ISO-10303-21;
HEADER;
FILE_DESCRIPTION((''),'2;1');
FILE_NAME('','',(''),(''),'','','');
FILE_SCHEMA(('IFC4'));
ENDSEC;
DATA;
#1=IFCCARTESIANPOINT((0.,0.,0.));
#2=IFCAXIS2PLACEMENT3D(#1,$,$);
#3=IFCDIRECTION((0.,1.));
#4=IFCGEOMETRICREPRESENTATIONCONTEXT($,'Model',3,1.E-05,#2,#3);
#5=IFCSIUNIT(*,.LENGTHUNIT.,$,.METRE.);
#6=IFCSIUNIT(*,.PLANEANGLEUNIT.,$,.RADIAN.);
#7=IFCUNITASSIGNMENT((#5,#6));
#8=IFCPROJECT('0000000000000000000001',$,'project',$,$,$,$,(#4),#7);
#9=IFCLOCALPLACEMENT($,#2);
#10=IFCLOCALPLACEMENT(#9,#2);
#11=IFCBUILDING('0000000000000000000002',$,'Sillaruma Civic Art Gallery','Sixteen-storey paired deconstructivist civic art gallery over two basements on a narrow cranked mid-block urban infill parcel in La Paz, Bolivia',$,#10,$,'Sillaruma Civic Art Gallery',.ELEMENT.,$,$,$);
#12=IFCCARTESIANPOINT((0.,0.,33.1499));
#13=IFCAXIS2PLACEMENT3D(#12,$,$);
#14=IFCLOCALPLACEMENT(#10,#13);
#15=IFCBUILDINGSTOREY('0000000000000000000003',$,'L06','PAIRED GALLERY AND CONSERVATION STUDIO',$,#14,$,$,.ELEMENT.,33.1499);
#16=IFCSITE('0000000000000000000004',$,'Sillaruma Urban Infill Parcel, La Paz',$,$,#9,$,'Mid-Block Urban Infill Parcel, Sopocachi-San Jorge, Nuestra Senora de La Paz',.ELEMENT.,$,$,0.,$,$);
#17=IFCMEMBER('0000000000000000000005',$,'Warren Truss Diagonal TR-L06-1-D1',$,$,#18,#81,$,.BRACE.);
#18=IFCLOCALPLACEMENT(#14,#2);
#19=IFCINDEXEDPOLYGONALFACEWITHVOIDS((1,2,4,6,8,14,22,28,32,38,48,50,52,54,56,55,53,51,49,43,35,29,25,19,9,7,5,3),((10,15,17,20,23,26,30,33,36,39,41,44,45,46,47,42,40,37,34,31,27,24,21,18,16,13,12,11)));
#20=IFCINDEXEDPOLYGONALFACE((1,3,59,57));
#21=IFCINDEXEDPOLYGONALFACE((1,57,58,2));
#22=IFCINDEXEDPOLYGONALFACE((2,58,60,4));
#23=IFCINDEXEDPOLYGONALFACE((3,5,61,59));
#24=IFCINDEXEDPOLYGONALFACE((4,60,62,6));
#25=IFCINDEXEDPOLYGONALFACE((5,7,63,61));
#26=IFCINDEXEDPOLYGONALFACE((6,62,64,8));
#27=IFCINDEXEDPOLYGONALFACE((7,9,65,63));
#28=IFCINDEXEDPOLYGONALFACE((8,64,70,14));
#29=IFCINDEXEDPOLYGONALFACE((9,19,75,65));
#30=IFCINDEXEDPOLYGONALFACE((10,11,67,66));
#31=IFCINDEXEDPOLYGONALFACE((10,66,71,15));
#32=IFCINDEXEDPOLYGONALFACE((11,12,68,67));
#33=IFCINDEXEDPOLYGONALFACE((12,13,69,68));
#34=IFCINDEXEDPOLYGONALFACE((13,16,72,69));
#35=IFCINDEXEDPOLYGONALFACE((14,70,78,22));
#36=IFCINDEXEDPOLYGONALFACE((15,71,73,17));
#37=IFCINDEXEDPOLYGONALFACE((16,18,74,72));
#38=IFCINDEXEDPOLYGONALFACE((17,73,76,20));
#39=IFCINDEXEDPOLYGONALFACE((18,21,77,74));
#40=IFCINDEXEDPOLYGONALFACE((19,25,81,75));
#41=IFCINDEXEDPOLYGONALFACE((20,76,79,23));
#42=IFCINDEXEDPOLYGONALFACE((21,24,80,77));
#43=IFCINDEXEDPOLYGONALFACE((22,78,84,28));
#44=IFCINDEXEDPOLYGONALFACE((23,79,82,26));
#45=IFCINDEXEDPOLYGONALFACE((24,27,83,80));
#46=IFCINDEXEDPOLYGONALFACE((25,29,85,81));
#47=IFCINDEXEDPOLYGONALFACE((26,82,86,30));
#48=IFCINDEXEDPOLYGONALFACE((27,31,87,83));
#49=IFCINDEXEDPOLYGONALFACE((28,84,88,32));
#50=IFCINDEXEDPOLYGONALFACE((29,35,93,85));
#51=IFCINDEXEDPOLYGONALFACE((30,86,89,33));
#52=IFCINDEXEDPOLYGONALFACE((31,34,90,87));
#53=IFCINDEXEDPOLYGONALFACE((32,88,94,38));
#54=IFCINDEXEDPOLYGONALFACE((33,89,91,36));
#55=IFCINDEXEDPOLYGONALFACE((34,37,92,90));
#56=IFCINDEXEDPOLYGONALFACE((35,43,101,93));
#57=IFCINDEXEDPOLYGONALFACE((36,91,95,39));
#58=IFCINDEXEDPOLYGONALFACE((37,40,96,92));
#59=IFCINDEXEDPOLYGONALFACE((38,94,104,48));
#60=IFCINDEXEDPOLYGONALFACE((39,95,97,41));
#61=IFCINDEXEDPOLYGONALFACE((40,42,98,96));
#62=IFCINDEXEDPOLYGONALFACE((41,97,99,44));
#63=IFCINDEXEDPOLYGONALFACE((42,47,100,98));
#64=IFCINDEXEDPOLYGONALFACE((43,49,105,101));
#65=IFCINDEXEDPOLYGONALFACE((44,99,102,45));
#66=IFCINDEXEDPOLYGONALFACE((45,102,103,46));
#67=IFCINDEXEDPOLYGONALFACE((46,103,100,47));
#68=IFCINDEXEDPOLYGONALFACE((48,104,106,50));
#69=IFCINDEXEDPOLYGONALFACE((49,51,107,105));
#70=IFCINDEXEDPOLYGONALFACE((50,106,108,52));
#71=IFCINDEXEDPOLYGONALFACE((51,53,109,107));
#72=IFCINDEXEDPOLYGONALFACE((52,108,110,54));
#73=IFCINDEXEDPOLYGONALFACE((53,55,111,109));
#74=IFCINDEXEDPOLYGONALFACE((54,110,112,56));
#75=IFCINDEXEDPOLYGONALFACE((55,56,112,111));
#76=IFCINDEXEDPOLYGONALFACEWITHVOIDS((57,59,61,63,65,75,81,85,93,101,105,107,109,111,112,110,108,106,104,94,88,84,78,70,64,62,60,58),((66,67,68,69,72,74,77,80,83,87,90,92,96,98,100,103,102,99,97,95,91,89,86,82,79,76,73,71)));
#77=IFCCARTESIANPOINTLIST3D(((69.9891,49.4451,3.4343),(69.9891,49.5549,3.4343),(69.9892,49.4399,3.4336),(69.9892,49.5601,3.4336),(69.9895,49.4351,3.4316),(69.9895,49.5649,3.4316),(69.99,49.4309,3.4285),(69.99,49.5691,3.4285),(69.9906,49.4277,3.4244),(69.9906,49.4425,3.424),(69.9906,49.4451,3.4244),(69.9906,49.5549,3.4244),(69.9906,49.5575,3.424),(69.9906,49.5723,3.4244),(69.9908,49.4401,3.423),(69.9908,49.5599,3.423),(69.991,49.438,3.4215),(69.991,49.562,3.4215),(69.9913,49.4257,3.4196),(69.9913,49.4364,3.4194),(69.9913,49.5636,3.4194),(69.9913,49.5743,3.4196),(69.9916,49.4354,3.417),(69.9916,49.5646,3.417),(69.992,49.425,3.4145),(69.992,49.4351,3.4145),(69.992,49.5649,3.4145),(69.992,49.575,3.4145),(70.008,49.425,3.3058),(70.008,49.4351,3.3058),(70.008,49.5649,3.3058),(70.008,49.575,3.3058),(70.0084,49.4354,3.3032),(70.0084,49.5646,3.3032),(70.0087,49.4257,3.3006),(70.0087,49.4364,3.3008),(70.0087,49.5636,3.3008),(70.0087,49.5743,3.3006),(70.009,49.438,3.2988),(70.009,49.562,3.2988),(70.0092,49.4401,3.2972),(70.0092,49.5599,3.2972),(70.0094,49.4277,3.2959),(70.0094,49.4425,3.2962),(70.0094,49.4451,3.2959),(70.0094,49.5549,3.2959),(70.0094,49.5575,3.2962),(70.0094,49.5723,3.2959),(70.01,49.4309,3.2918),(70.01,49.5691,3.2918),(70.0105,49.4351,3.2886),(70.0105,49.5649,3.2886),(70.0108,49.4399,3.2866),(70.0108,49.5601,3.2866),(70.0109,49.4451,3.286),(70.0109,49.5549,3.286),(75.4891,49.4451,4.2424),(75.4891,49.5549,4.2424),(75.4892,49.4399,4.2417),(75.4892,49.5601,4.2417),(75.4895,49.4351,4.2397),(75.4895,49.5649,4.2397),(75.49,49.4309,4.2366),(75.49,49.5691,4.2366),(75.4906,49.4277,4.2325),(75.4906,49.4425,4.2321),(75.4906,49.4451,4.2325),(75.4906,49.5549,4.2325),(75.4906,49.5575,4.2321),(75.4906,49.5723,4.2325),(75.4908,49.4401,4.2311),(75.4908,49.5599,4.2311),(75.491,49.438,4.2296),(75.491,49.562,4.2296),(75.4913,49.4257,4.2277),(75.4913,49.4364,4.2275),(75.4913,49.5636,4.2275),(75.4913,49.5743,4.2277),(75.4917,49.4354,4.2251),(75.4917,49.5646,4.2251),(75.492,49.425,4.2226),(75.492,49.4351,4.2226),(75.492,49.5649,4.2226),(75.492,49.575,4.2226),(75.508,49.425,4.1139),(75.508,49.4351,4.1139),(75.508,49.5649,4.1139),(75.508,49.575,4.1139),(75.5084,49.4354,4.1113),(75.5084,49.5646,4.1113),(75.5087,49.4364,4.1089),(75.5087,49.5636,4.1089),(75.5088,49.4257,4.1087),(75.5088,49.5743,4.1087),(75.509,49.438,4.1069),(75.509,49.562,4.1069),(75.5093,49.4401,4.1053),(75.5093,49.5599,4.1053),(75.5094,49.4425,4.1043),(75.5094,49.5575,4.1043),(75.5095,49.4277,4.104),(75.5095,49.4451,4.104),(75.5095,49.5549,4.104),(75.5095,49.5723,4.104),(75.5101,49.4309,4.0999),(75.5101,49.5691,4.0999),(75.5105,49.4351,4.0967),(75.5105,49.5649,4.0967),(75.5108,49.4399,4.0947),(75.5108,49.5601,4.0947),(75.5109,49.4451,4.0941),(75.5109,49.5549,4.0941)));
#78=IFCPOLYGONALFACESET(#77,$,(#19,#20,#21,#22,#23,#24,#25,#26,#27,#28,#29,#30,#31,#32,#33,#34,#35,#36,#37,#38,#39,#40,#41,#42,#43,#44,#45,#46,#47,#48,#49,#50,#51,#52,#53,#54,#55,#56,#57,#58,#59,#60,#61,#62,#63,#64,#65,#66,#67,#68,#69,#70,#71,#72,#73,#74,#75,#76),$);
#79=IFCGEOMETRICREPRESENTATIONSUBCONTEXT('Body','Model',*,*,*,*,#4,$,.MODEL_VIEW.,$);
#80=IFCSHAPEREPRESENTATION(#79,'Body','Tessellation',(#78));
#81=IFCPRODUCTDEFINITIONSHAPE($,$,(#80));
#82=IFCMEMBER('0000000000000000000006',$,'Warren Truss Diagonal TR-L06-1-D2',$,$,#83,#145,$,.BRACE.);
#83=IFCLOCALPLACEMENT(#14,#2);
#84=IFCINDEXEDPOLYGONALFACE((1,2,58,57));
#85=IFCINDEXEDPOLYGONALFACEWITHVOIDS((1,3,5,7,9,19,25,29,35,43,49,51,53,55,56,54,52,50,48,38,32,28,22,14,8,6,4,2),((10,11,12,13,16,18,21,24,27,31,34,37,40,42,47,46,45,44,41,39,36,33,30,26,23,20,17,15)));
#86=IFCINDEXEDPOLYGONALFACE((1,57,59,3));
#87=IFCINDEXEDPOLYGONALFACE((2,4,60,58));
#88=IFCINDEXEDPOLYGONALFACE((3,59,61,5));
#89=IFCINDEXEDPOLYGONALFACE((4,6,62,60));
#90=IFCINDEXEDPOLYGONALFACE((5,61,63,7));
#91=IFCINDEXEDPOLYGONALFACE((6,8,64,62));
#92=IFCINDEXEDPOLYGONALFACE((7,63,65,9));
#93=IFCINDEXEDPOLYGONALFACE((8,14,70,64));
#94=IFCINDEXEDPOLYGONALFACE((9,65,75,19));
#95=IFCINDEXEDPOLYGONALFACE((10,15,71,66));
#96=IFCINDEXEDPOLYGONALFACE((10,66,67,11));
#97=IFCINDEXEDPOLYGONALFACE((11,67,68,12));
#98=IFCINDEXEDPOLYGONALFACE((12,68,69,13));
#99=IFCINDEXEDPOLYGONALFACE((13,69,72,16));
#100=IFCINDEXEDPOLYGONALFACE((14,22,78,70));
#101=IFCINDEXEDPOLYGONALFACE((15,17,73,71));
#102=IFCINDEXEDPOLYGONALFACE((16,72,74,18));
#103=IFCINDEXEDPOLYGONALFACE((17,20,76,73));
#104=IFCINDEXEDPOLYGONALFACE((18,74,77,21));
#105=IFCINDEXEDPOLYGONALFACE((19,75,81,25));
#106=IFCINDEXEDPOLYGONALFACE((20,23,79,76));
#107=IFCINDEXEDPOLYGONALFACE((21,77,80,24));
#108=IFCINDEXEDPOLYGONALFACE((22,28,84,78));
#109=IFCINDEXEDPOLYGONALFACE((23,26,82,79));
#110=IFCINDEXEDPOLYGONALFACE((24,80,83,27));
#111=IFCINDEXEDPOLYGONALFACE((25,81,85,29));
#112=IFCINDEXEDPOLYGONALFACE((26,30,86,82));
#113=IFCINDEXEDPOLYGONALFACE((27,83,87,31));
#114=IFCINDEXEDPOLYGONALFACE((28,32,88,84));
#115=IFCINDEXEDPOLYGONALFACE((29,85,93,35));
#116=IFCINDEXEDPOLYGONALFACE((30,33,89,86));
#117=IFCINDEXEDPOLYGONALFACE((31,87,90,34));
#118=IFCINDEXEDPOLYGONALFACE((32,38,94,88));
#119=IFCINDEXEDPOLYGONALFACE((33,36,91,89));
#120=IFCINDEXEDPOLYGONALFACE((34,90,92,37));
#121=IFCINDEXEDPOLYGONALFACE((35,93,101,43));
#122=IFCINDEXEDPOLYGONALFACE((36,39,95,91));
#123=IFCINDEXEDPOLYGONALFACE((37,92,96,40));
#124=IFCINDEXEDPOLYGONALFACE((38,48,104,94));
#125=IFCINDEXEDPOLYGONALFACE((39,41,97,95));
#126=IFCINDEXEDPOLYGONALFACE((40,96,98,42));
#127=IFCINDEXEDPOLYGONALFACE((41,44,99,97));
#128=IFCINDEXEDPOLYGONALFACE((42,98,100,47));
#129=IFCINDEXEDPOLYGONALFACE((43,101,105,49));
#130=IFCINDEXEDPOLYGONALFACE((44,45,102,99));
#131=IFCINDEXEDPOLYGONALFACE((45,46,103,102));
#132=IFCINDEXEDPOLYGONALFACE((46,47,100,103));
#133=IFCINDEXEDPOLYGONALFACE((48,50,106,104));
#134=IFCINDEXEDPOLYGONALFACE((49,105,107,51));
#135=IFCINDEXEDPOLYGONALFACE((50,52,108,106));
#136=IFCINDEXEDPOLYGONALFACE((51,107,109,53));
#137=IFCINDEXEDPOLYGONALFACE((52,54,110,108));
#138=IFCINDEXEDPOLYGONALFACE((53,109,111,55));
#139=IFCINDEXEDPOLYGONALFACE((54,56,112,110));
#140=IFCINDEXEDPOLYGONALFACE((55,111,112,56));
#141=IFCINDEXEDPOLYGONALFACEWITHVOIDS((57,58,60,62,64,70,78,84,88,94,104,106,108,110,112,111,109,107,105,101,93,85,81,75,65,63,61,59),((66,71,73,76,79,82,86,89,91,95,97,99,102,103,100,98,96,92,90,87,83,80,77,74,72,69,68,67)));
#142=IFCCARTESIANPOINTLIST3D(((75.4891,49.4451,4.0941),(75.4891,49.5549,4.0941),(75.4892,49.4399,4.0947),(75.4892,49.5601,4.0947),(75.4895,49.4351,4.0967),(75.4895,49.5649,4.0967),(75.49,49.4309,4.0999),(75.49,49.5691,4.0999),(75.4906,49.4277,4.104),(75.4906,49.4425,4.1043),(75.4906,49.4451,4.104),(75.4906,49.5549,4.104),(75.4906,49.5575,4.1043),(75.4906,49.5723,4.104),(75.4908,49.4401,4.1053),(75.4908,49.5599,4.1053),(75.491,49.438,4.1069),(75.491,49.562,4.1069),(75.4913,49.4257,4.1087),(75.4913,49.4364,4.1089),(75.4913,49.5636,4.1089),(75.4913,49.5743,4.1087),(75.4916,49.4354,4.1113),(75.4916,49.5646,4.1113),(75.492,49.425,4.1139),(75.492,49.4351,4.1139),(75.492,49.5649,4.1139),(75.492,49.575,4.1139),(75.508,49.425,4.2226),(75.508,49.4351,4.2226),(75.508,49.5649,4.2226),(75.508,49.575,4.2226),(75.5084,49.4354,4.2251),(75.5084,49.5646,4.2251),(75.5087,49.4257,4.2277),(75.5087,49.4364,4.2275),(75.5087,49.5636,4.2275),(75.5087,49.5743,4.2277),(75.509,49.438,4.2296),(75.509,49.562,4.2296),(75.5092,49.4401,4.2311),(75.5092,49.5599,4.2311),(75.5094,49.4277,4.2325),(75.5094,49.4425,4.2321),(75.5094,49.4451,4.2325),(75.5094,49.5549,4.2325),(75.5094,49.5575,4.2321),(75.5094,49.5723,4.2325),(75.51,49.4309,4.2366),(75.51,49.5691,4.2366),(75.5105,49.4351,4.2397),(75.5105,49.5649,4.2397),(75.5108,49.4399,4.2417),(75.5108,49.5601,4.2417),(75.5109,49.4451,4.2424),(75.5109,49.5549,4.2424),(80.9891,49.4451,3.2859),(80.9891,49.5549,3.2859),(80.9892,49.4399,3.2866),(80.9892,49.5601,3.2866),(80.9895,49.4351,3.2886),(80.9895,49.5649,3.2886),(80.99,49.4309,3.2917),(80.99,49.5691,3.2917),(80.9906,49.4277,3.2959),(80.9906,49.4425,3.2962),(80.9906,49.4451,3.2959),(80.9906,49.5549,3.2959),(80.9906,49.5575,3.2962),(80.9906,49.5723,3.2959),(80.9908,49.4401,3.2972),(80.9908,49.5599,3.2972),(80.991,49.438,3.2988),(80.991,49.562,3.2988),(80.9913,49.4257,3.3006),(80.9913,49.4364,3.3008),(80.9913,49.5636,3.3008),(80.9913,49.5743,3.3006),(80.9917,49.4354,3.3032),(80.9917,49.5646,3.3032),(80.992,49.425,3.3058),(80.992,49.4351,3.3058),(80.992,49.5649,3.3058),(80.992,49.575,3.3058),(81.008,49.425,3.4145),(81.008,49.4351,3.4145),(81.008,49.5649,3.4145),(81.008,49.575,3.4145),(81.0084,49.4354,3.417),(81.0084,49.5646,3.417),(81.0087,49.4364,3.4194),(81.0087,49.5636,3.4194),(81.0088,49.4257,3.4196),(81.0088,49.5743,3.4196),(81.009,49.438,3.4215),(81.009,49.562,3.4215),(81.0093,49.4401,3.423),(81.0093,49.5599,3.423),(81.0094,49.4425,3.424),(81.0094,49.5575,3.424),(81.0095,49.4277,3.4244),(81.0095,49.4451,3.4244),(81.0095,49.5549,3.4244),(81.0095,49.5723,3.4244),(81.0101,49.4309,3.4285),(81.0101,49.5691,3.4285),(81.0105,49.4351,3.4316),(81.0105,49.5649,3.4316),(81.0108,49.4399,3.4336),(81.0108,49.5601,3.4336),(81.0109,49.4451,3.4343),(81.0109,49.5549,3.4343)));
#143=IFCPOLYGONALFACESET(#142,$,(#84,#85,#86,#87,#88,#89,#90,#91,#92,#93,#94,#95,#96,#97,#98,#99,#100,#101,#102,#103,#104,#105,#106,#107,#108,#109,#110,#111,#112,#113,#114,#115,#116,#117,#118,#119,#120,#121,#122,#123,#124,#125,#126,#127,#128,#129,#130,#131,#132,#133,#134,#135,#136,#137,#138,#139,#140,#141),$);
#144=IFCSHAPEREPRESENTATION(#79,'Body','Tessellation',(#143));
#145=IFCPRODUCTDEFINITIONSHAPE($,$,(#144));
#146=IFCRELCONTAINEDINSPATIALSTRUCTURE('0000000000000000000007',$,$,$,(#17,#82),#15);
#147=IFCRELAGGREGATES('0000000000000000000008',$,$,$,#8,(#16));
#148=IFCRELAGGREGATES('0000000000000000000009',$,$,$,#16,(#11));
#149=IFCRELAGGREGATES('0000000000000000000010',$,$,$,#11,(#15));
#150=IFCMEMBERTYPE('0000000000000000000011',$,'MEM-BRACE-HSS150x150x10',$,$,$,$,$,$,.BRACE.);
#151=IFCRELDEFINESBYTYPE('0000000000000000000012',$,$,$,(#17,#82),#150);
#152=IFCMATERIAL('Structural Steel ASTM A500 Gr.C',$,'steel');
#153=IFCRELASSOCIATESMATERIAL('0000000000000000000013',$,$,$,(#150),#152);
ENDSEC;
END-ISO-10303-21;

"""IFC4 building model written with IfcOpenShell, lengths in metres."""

from ifc_helpers import new_model, si_unit, direction, frame, origin, origin_2d, place, context, subcontext, project, spatial, hollow_rectangle, extrude, material, material_profile, profile_set, type_object, element, save


model = new_model("IFC4")

# Units and contexts
model_context = context("Model", 3, precision=1e-05, world=origin(), true_north=direction((0.0, 1.0)))
body_context = subcontext(model_context, "Body", "Model", "MODEL_VIEW")
ifc_project = project(units=[si_unit("LENGTHUNIT", "METRE"), si_unit("PLANEANGLEUNIT", "RADIAN")], contexts=[model_context])

# Site, building, storey
site_placement = place(None, origin())
site = spatial("IfcSite", under=ifc_project, at=site_placement, Name="Sillaruma Urban Infill Parcel, La Paz", LongName="Mid-Block Urban Infill Parcel, Sopocachi-San Jorge, Nuestra Senora de La Paz", CompositionType="ELEMENT", RefElevation=0.0)
building_placement = place(site_placement, origin())
building = spatial("IfcBuilding", under=site, at=building_placement, Name="Sillaruma Civic Art Gallery", Description="Sixteen-storey paired deconstructivist civic art gallery over two basements on a narrow cranked mid-block urban infill parcel in La Paz, Bolivia", LongName="Sillaruma Civic Art Gallery", CompositionType="ELEMENT")
storey_placement = place(building_placement, frame((0.0, 0.0, 33.1499)))
storey = spatial("IfcBuildingStorey", under=building, at=storey_placement, Name="L06", Description="PAIRED GALLERY AND CONSERVATION STUDIO", CompositionType="ELEMENT", Elevation=33.1499)

# Members
ifc_material_1 = material(Name="Structural Steel ASTM A500 Gr.C", Category="steel")
ifc_material_profile_1 = material_profile(ifc_material_1, hollow_rectangle(XDim=0.1499, YDim=0.1499, WallThickness=0.01, InnerFilletRadius=0.01, OuterFilletRadius=0.02, at=origin_2d()), Name="HSS150x150x10")
ifc_profile_set_1 = profile_set([ifc_material_profile_1], Name="Structural Steel ASTM A500 Gr.C")
member_type_1 = type_object("IfcMemberType", Name="MEM-BRACE-HSS150x150x10", PredefinedType="BRACE", material=ifc_profile_set_1)
for number, where, z_axis, x_axis, name in (
    (1, (70.0, 49.5, 3.3601), (0.989378, 0.0, 0.145368), (0.0, 1.0, 0.0), "Warren Truss Diagonal TR-L06-1-D1"),
    (2, (75.5, 49.5, 4.1682), (0.989378, 0.0, -0.145368), (0.0, 1.0, 0.0), "Warren Truss Diagonal TR-L06-1-D2"),
):
    element("IfcMember", number, at=place(storey_placement, frame(where, z_axis=z_axis, x_axis=x_axis)), inside=storey, type_object=member_type_1, Name=name, PredefinedType="BRACE", context=body_context, shape_type="SweptSolid", body=[
        extrude(hollow_rectangle(XDim=0.1499, YDim=0.1499, WallThickness=0.01, InnerFilletRadius=0.01, OuterFilletRadius=0.02, at=origin_2d()), origin(), (0.0, 0.0, 1.0), 5.5591),
    ])

save(model, "model.ifc")
